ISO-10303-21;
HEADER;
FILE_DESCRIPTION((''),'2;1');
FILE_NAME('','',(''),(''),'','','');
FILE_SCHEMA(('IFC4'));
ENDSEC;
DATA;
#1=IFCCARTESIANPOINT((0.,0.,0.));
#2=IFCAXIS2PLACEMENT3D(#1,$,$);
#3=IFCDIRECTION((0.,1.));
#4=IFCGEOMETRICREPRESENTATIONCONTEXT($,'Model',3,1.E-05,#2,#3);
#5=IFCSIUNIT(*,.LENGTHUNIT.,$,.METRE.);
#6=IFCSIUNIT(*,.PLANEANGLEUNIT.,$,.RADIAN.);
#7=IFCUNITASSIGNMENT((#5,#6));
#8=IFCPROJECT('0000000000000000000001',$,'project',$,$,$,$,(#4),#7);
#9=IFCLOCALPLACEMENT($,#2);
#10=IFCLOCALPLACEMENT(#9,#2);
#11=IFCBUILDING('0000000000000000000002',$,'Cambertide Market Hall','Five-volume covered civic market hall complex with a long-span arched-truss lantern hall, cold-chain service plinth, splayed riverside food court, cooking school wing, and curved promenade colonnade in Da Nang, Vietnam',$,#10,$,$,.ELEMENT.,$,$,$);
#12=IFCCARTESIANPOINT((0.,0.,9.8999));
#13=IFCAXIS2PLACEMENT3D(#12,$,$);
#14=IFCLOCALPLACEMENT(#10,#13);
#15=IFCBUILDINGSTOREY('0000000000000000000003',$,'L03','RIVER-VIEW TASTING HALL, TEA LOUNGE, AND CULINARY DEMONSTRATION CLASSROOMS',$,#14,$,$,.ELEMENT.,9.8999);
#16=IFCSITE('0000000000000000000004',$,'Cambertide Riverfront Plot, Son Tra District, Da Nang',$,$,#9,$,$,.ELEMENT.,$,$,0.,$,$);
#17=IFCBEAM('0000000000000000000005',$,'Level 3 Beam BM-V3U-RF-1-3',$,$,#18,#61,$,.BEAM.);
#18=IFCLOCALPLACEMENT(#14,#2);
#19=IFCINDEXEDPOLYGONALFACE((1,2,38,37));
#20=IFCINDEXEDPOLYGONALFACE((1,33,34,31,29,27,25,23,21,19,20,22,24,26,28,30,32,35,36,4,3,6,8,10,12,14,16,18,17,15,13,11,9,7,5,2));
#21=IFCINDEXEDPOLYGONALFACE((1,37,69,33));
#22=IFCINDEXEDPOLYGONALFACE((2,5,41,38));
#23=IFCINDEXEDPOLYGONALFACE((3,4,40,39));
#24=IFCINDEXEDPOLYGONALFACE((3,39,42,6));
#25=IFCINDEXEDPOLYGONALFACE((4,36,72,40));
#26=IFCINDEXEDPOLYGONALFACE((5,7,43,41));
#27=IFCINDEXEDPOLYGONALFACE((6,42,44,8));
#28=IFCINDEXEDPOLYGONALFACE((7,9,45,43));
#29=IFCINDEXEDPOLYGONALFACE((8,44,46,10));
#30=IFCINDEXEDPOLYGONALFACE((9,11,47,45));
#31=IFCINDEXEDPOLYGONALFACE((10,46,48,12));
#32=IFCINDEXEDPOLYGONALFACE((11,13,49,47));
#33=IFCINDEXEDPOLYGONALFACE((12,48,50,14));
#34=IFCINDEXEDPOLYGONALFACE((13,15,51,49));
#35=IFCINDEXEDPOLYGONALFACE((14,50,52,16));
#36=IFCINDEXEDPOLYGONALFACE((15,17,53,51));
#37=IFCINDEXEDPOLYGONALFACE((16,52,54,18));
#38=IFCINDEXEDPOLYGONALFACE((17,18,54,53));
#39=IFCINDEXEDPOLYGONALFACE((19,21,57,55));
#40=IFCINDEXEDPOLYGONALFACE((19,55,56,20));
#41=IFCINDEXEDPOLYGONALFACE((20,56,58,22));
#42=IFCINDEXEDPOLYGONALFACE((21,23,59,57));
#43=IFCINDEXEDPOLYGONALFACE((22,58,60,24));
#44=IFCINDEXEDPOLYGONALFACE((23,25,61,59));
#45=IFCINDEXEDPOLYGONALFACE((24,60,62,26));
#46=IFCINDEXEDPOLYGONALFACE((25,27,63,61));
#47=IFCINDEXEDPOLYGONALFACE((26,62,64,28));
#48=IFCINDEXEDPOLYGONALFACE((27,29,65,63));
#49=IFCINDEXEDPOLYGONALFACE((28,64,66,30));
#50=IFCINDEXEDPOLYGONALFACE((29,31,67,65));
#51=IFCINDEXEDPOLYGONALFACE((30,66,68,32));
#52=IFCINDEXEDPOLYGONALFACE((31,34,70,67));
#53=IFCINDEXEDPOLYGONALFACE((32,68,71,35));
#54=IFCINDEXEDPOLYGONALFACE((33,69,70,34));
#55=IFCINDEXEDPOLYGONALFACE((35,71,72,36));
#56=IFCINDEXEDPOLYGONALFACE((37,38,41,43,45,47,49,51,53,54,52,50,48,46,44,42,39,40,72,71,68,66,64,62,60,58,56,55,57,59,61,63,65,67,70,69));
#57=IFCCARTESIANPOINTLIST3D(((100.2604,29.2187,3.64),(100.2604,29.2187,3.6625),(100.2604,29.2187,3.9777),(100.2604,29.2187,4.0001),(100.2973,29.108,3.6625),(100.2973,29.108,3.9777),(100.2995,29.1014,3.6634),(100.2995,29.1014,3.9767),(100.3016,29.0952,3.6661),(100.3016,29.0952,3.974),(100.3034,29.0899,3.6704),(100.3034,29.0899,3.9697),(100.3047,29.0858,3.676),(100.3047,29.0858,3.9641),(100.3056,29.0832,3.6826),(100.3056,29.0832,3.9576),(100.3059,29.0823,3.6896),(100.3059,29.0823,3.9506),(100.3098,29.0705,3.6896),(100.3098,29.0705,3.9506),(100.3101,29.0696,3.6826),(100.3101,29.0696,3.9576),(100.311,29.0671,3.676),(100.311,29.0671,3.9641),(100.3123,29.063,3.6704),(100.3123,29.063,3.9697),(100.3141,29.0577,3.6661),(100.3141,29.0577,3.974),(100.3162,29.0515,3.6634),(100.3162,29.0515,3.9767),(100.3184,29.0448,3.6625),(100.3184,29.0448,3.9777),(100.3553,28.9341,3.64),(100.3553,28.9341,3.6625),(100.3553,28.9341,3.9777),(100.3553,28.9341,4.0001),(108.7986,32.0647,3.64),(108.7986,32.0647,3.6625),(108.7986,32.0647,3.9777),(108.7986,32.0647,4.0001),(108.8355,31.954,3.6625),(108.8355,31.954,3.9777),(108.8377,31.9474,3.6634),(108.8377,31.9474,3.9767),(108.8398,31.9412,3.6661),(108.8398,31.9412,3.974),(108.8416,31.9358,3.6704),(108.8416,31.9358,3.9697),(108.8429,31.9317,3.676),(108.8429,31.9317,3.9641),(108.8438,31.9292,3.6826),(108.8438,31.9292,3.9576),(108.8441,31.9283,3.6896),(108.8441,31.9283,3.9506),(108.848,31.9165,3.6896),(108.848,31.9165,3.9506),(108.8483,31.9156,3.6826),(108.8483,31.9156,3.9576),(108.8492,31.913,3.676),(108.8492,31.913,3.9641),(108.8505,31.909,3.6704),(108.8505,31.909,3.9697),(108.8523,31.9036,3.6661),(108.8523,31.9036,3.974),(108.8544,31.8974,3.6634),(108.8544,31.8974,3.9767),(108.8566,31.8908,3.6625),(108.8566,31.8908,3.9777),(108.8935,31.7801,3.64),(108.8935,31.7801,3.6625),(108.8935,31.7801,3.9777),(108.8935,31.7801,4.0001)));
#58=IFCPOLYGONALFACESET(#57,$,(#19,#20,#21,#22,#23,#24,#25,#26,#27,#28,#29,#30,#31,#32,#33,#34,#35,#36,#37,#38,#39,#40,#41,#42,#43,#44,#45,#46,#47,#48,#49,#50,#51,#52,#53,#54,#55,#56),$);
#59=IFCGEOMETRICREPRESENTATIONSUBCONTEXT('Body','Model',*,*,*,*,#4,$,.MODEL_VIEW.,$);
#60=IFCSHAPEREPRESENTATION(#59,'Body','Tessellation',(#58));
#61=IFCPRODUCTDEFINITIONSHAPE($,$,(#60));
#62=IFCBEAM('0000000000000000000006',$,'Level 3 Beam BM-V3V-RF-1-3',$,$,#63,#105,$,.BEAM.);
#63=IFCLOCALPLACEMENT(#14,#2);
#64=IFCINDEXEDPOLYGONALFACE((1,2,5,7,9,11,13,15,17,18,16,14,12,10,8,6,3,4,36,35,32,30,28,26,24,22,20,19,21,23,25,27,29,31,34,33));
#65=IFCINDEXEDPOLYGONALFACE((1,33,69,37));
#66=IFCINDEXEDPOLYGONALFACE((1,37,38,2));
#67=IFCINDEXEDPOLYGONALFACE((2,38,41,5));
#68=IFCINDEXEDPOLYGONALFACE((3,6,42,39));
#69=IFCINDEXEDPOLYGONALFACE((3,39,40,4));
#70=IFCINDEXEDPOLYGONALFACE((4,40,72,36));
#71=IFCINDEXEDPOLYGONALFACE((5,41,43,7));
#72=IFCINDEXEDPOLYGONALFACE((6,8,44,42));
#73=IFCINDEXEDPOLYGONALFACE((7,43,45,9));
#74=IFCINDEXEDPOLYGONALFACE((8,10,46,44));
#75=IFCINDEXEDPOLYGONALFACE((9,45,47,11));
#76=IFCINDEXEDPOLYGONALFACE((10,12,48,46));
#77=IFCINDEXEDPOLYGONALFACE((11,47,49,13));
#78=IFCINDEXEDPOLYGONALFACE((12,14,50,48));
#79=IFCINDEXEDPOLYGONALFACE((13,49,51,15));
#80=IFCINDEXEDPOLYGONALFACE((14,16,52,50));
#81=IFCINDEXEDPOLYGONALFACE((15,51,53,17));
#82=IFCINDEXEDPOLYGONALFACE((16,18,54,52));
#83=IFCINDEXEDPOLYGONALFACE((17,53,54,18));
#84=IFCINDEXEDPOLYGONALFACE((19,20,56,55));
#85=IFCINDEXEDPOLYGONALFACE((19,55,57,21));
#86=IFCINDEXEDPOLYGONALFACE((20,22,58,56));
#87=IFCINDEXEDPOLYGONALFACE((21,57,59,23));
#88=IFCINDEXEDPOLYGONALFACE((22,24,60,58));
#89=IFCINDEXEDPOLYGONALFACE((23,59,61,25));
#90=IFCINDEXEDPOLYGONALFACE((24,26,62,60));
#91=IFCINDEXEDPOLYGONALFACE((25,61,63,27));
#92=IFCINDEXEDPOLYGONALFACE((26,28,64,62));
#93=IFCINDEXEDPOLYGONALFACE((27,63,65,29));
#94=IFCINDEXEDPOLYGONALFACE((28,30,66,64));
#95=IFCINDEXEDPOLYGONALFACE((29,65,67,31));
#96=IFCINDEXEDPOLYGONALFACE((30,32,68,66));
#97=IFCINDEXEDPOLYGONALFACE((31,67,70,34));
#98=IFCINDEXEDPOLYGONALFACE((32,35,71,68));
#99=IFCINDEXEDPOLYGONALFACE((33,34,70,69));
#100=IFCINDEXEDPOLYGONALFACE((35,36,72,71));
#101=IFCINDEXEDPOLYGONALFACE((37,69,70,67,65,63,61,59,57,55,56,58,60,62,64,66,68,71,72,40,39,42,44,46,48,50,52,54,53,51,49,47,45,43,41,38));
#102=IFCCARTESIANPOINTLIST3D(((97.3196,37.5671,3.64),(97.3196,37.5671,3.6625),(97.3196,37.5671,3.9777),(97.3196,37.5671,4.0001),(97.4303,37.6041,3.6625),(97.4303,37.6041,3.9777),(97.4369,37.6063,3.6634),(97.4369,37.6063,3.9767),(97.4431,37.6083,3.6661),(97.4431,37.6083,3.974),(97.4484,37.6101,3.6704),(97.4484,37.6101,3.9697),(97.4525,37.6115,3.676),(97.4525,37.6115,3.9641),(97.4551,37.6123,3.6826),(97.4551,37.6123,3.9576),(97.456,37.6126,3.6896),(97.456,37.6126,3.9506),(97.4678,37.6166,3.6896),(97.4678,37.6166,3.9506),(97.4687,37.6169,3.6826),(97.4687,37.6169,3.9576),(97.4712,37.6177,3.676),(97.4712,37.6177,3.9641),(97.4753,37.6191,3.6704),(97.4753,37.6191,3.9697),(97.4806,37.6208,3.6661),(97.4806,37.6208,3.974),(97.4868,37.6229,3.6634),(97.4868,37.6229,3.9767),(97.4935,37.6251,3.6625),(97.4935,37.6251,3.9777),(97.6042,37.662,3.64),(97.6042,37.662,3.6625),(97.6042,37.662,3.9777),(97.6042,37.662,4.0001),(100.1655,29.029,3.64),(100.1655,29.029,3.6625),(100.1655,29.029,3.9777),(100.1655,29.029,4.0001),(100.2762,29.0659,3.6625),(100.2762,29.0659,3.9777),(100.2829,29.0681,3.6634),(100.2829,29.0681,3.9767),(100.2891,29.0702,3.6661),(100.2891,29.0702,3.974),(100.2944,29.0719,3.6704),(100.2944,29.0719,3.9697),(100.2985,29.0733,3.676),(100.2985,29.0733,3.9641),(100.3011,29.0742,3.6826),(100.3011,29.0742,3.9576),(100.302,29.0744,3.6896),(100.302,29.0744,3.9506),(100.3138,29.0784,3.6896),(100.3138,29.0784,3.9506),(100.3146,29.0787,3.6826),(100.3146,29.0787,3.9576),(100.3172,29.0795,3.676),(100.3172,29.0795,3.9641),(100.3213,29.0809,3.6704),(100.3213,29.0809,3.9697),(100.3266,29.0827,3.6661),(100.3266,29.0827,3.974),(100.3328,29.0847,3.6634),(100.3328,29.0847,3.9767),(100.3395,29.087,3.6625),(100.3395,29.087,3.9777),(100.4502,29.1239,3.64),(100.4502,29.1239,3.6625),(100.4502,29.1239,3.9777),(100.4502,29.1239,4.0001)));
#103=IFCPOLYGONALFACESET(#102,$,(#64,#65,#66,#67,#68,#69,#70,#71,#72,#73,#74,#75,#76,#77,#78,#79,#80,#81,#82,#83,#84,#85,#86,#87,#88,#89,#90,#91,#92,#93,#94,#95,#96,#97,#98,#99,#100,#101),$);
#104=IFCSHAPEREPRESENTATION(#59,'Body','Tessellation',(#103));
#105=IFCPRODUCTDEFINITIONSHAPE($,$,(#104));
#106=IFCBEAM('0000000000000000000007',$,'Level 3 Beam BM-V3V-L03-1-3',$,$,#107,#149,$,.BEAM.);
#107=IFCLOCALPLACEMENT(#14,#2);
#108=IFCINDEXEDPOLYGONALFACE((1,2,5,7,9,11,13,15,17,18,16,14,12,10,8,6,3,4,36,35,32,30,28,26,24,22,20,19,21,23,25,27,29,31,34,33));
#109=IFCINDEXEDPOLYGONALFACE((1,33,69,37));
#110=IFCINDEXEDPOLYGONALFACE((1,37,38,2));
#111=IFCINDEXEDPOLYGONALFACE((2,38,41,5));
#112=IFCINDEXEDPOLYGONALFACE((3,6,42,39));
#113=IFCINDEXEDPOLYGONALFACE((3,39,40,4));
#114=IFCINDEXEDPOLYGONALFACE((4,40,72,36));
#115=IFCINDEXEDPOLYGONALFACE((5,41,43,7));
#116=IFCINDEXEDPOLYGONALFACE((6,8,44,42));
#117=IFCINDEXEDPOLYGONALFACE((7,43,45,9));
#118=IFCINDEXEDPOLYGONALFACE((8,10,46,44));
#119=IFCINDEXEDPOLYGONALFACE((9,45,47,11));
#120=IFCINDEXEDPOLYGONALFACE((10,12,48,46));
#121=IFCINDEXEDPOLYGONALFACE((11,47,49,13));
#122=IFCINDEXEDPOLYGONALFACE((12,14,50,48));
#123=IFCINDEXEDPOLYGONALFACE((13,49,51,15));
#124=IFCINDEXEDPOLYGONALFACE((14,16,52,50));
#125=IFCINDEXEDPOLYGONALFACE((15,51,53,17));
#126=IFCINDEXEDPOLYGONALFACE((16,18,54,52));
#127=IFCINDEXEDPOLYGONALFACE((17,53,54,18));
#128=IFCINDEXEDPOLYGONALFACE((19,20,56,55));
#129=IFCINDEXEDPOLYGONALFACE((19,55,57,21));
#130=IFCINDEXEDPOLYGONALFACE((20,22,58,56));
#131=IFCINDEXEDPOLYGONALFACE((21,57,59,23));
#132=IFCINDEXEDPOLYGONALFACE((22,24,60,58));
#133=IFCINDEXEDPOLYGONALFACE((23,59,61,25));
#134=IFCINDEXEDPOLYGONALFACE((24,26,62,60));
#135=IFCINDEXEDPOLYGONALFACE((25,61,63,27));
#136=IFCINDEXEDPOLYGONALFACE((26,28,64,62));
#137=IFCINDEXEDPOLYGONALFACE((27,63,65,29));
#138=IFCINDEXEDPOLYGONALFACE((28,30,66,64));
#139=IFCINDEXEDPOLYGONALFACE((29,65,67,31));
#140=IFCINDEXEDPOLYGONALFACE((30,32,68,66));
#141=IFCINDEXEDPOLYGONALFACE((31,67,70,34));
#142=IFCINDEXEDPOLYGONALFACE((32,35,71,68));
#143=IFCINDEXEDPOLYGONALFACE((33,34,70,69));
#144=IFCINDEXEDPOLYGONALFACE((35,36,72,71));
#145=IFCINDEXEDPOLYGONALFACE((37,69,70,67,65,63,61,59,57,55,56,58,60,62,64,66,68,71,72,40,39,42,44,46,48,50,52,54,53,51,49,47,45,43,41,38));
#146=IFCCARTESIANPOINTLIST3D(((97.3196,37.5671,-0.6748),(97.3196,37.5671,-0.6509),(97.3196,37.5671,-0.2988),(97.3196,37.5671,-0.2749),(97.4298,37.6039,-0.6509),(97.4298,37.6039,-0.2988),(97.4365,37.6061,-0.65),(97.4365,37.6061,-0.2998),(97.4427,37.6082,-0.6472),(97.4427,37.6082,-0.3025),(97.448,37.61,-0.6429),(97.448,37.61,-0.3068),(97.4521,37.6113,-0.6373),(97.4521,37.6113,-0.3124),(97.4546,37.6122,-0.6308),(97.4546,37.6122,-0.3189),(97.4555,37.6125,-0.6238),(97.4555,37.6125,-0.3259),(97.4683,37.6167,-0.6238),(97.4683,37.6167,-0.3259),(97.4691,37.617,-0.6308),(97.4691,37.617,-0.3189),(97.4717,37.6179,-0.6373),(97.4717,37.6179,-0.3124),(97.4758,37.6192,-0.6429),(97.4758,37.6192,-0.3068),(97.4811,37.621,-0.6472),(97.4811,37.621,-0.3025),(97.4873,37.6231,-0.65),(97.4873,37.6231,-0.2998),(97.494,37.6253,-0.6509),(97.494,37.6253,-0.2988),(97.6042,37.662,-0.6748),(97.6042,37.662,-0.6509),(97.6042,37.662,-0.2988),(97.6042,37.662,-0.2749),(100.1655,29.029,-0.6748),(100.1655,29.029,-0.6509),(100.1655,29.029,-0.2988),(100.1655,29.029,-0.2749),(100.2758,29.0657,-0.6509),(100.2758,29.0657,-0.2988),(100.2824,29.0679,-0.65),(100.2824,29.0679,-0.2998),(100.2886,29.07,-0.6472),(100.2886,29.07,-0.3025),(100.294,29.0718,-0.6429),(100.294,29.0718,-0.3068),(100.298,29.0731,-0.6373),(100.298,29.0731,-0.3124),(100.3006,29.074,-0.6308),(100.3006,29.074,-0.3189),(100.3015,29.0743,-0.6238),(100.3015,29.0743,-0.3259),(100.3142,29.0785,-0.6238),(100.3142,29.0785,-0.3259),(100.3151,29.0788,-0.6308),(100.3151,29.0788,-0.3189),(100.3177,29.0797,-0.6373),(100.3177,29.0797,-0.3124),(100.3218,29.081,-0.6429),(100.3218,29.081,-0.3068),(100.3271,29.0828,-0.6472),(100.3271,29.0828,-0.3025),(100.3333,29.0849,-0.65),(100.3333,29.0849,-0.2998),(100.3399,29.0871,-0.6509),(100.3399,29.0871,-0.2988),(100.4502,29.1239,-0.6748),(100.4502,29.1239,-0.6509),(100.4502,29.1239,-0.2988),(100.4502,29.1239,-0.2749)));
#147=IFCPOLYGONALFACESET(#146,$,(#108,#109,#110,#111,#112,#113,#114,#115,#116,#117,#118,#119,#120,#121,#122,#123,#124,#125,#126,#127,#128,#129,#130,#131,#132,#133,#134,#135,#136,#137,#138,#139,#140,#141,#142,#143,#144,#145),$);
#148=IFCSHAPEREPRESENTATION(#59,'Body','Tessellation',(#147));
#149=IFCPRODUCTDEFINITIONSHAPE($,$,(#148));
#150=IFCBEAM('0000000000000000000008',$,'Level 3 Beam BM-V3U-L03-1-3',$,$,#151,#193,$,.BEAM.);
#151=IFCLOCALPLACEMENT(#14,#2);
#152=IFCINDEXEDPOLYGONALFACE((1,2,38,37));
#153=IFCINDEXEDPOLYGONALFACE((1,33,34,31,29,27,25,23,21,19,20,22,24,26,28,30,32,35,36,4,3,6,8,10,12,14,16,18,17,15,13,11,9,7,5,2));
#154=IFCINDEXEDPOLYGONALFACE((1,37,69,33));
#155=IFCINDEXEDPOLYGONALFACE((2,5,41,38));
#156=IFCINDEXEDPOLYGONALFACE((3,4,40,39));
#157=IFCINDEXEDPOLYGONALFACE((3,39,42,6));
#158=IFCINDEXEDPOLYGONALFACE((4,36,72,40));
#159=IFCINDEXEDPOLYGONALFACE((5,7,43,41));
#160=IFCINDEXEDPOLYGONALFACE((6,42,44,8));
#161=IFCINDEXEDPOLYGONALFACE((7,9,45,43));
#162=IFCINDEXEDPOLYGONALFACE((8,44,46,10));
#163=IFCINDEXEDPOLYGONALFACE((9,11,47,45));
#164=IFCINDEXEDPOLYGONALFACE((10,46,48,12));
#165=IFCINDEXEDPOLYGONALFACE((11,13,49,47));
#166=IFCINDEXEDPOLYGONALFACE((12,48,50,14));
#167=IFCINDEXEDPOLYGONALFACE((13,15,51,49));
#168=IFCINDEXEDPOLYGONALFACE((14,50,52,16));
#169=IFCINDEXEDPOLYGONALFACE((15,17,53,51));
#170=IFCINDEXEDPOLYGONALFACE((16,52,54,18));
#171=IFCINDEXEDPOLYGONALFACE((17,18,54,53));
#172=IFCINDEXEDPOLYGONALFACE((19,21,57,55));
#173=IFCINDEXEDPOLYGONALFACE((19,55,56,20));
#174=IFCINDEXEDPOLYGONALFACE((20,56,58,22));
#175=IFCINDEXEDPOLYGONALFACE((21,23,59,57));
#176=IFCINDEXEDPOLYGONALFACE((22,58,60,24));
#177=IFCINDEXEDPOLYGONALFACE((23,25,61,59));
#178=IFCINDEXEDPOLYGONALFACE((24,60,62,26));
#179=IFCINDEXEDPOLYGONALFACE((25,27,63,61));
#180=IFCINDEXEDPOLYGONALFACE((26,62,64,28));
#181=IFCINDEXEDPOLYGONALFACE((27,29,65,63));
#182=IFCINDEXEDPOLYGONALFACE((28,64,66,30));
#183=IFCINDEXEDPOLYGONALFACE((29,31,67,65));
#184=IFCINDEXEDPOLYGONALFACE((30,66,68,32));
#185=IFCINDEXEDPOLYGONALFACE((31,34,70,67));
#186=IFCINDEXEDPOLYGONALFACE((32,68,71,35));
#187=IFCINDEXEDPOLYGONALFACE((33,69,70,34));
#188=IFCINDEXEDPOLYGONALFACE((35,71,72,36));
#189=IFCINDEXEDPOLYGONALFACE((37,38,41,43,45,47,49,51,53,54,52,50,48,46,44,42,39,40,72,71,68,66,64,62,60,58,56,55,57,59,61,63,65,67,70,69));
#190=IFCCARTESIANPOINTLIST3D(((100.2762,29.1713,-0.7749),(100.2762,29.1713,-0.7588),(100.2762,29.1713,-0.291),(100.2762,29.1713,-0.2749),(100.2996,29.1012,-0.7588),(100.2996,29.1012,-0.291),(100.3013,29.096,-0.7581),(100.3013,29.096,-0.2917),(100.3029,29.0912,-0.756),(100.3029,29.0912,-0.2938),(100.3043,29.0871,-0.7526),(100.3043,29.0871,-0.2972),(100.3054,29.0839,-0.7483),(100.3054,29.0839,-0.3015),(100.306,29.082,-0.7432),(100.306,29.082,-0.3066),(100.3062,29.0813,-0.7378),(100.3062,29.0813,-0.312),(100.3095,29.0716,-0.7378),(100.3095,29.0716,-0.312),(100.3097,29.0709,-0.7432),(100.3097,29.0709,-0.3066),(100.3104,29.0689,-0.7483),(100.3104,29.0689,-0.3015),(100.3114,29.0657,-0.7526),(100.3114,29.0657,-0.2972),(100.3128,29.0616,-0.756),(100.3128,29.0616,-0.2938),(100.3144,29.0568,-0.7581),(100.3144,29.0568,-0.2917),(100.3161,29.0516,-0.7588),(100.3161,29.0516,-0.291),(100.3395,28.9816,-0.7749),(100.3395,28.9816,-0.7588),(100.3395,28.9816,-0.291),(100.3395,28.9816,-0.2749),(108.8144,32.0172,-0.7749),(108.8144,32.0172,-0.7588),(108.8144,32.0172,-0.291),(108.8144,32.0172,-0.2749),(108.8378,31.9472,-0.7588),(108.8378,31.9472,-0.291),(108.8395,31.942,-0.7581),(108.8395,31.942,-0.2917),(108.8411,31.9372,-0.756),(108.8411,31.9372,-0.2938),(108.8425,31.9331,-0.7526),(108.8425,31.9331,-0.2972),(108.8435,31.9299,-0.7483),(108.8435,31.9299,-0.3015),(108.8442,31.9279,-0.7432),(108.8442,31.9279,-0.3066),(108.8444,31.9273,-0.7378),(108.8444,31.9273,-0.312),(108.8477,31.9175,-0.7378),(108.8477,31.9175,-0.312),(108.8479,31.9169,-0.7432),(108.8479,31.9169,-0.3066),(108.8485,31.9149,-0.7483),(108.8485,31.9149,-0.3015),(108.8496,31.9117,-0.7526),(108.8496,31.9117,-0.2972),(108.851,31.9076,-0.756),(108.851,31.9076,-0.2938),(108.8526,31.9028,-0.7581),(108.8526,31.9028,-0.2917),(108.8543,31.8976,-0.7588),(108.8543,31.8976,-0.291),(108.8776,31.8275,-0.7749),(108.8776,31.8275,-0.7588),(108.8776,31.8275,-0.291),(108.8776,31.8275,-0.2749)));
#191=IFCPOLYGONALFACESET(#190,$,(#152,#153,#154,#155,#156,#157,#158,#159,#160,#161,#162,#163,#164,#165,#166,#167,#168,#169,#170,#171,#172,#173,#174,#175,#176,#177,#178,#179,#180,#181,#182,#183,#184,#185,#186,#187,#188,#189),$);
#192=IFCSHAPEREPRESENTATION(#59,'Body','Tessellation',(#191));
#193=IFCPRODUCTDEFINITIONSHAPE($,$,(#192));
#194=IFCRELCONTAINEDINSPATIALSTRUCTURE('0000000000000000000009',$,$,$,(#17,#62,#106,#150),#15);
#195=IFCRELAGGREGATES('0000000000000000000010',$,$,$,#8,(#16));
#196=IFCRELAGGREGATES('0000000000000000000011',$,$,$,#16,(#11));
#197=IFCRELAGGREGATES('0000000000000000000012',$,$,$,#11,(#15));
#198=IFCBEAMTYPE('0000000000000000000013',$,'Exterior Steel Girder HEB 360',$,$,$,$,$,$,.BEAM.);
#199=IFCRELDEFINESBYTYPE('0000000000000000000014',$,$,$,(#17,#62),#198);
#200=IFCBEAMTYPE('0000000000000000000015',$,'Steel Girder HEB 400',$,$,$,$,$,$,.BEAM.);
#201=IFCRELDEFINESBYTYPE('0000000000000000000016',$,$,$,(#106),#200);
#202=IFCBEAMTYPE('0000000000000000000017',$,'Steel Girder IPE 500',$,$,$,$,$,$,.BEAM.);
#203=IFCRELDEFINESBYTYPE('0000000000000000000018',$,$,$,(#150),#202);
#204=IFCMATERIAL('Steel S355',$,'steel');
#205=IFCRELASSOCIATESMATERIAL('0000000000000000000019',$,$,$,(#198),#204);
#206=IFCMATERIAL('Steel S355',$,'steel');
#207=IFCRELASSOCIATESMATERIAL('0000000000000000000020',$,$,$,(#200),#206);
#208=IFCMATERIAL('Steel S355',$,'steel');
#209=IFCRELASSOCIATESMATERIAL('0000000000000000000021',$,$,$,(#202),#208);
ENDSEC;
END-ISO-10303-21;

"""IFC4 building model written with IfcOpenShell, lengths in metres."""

from ifc_helpers import new_model, si_unit, direction, frame, origin, origin_2d, place, context, subcontext, project, spatial, i_section, extrude, material, material_profile, profile_set, type_object, element, save


model = new_model("IFC4")

# Units and contexts
model_context = context("Model", 3, precision=1e-05, world=origin(), true_north=direction((0.0, 1.0)))
body_context = subcontext(model_context, "Body", "Model", "MODEL_VIEW")
ifc_project = project(units=[si_unit("LENGTHUNIT", "METRE"), si_unit("PLANEANGLEUNIT", "RADIAN")], contexts=[model_context])

# Site, building, storey
site_placement = place(None, origin())
site = spatial("IfcSite", under=ifc_project, at=site_placement, Name="Cambertide Riverfront Plot, Son Tra District, Da Nang", CompositionType="ELEMENT", RefElevation=0.0)
building_placement = place(site_placement, origin())
building = spatial("IfcBuilding", under=site, at=building_placement, Name="Cambertide Market Hall", Description="Five-volume covered civic market hall complex with a long-span arched-truss lantern hall, cold-chain service plinth, splayed riverside food court, cooking school wing, and curved promenade colonnade in Da Nang, Vietnam", CompositionType="ELEMENT")
storey_placement = place(building_placement, frame((0.0, 0.0, 9.8999)))
storey = spatial("IfcBuildingStorey", under=building, at=storey_placement, Name="L03", Description="RIVER-VIEW TASTING HALL, TEA LOUNGE, AND CULINARY DEMONSTRATION CLASSROOMS", CompositionType="ELEMENT", Elevation=9.8999)

# Beams
ifc_material_1 = material(Name="Steel S355", Category="steel")
ifc_material_profile_1 = material_profile(ifc_material_1, i_section(OverallWidth=0.3, OverallDepth=0.3601, WebThickness=0.0125, FlangeThickness=0.0225, FilletRadius=0.0271, at=origin_2d()), Name="HEB 360")
ifc_profile_set_1 = profile_set([ifc_material_profile_1], Name="Steel S355")
beam_type_1 = type_object("IfcBeamType", Name="Exterior Steel Girder HEB 360", PredefinedType="BEAM", material=ifc_profile_set_1)
for number, where, z_axis, x_axis, name in (
    (1, (100.3079, 29.0764, 3.8201), (0.948686, 0.31622, 0.0), (-0.31622, 0.948686, 0.0), "Level 3 Beam BM-V3U-RF-1-3"),
    (2, (100.3079, 29.0764, 3.8201), (-0.31622, 0.948686, 0.0), (-0.948686, -0.31622, 0.0), "Level 3 Beam BM-V3V-RF-1-3"),
):
    element("IfcBeam", number, at=place(storey_placement, frame(where, z_axis=z_axis, x_axis=x_axis)), inside=storey, type_object=beam_type_1, Name=name, PredefinedType="BEAM", context=body_context, shape_type="SweptSolid", body=[
        extrude(i_section(OverallWidth=0.3, OverallDepth=0.3601, WebThickness=0.0125, FlangeThickness=0.0225, FilletRadius=0.0271, at=origin_2d()), origin(), (0.0, 0.0, 1.0), 9.0),
    ])
ifc_material_2 = material(Name="Steel S355", Category="steel")
ifc_material_profile_2 = material_profile(ifc_material_2, i_section(OverallWidth=0.3, OverallDepth=0.3999, WebThickness=0.0134, FlangeThickness=0.0239, FilletRadius=0.0271, at=origin_2d()), Name="HEB 400")
ifc_profile_set_2 = profile_set([ifc_material_profile_2], Name="Steel S355")
beam_type_2 = type_object("IfcBeamType", Name="Steel Girder HEB 400", PredefinedType="BEAM", material=ifc_profile_set_2)
beam_1_placement = place(storey_placement, frame((100.3079, 29.0764, -0.4749), z_axis=(-0.31622, 0.948686, 0.0), x_axis=(-0.948686, -0.31622, 0.0)))
element("IfcBeam", 3, at=beam_1_placement, inside=storey, type_object=beam_type_2, Name="Level 3 Beam BM-V3V-L03-1-3", PredefinedType="BEAM", context=body_context, shape_type="SweptSolid", body=[
    extrude(i_section(OverallWidth=0.3, OverallDepth=0.3999, WebThickness=0.0134, FlangeThickness=0.0239, FilletRadius=0.0271, at=origin_2d()), origin(), (0.0, 0.0, 1.0), 9.0),
])
ifc_material_3 = material(Name="Steel S355", Category="steel")
ifc_material_profile_3 = material_profile(ifc_material_3, i_section(OverallWidth=0.2, OverallDepth=0.5, WebThickness=0.0103, FlangeThickness=0.0161, FilletRadius=0.021, at=origin_2d()), Name="IPE 500")
ifc_profile_set_3 = profile_set([ifc_material_profile_3], Name="Steel S355")
beam_type_3 = type_object("IfcBeamType", Name="Steel Girder IPE 500", PredefinedType="BEAM", material=ifc_profile_set_3)
beam_2_placement = place(storey_placement, frame((100.3079, 29.0764, -0.5249), z_axis=(0.948686, 0.31622, 0.0), x_axis=(-0.31622, 0.948686, 0.0)))
element("IfcBeam", 4, at=beam_2_placement, inside=storey, type_object=beam_type_3, Name="Level 3 Beam BM-V3U-L03-1-3", PredefinedType="BEAM", context=body_context, shape_type="SweptSolid", body=[
    extrude(i_section(OverallWidth=0.2, OverallDepth=0.5, WebThickness=0.0103, FlangeThickness=0.0161, FilletRadius=0.021, at=origin_2d()), origin(), (0.0, 0.0, 1.0), 9.0),
])

save(model, "model.ifc")
